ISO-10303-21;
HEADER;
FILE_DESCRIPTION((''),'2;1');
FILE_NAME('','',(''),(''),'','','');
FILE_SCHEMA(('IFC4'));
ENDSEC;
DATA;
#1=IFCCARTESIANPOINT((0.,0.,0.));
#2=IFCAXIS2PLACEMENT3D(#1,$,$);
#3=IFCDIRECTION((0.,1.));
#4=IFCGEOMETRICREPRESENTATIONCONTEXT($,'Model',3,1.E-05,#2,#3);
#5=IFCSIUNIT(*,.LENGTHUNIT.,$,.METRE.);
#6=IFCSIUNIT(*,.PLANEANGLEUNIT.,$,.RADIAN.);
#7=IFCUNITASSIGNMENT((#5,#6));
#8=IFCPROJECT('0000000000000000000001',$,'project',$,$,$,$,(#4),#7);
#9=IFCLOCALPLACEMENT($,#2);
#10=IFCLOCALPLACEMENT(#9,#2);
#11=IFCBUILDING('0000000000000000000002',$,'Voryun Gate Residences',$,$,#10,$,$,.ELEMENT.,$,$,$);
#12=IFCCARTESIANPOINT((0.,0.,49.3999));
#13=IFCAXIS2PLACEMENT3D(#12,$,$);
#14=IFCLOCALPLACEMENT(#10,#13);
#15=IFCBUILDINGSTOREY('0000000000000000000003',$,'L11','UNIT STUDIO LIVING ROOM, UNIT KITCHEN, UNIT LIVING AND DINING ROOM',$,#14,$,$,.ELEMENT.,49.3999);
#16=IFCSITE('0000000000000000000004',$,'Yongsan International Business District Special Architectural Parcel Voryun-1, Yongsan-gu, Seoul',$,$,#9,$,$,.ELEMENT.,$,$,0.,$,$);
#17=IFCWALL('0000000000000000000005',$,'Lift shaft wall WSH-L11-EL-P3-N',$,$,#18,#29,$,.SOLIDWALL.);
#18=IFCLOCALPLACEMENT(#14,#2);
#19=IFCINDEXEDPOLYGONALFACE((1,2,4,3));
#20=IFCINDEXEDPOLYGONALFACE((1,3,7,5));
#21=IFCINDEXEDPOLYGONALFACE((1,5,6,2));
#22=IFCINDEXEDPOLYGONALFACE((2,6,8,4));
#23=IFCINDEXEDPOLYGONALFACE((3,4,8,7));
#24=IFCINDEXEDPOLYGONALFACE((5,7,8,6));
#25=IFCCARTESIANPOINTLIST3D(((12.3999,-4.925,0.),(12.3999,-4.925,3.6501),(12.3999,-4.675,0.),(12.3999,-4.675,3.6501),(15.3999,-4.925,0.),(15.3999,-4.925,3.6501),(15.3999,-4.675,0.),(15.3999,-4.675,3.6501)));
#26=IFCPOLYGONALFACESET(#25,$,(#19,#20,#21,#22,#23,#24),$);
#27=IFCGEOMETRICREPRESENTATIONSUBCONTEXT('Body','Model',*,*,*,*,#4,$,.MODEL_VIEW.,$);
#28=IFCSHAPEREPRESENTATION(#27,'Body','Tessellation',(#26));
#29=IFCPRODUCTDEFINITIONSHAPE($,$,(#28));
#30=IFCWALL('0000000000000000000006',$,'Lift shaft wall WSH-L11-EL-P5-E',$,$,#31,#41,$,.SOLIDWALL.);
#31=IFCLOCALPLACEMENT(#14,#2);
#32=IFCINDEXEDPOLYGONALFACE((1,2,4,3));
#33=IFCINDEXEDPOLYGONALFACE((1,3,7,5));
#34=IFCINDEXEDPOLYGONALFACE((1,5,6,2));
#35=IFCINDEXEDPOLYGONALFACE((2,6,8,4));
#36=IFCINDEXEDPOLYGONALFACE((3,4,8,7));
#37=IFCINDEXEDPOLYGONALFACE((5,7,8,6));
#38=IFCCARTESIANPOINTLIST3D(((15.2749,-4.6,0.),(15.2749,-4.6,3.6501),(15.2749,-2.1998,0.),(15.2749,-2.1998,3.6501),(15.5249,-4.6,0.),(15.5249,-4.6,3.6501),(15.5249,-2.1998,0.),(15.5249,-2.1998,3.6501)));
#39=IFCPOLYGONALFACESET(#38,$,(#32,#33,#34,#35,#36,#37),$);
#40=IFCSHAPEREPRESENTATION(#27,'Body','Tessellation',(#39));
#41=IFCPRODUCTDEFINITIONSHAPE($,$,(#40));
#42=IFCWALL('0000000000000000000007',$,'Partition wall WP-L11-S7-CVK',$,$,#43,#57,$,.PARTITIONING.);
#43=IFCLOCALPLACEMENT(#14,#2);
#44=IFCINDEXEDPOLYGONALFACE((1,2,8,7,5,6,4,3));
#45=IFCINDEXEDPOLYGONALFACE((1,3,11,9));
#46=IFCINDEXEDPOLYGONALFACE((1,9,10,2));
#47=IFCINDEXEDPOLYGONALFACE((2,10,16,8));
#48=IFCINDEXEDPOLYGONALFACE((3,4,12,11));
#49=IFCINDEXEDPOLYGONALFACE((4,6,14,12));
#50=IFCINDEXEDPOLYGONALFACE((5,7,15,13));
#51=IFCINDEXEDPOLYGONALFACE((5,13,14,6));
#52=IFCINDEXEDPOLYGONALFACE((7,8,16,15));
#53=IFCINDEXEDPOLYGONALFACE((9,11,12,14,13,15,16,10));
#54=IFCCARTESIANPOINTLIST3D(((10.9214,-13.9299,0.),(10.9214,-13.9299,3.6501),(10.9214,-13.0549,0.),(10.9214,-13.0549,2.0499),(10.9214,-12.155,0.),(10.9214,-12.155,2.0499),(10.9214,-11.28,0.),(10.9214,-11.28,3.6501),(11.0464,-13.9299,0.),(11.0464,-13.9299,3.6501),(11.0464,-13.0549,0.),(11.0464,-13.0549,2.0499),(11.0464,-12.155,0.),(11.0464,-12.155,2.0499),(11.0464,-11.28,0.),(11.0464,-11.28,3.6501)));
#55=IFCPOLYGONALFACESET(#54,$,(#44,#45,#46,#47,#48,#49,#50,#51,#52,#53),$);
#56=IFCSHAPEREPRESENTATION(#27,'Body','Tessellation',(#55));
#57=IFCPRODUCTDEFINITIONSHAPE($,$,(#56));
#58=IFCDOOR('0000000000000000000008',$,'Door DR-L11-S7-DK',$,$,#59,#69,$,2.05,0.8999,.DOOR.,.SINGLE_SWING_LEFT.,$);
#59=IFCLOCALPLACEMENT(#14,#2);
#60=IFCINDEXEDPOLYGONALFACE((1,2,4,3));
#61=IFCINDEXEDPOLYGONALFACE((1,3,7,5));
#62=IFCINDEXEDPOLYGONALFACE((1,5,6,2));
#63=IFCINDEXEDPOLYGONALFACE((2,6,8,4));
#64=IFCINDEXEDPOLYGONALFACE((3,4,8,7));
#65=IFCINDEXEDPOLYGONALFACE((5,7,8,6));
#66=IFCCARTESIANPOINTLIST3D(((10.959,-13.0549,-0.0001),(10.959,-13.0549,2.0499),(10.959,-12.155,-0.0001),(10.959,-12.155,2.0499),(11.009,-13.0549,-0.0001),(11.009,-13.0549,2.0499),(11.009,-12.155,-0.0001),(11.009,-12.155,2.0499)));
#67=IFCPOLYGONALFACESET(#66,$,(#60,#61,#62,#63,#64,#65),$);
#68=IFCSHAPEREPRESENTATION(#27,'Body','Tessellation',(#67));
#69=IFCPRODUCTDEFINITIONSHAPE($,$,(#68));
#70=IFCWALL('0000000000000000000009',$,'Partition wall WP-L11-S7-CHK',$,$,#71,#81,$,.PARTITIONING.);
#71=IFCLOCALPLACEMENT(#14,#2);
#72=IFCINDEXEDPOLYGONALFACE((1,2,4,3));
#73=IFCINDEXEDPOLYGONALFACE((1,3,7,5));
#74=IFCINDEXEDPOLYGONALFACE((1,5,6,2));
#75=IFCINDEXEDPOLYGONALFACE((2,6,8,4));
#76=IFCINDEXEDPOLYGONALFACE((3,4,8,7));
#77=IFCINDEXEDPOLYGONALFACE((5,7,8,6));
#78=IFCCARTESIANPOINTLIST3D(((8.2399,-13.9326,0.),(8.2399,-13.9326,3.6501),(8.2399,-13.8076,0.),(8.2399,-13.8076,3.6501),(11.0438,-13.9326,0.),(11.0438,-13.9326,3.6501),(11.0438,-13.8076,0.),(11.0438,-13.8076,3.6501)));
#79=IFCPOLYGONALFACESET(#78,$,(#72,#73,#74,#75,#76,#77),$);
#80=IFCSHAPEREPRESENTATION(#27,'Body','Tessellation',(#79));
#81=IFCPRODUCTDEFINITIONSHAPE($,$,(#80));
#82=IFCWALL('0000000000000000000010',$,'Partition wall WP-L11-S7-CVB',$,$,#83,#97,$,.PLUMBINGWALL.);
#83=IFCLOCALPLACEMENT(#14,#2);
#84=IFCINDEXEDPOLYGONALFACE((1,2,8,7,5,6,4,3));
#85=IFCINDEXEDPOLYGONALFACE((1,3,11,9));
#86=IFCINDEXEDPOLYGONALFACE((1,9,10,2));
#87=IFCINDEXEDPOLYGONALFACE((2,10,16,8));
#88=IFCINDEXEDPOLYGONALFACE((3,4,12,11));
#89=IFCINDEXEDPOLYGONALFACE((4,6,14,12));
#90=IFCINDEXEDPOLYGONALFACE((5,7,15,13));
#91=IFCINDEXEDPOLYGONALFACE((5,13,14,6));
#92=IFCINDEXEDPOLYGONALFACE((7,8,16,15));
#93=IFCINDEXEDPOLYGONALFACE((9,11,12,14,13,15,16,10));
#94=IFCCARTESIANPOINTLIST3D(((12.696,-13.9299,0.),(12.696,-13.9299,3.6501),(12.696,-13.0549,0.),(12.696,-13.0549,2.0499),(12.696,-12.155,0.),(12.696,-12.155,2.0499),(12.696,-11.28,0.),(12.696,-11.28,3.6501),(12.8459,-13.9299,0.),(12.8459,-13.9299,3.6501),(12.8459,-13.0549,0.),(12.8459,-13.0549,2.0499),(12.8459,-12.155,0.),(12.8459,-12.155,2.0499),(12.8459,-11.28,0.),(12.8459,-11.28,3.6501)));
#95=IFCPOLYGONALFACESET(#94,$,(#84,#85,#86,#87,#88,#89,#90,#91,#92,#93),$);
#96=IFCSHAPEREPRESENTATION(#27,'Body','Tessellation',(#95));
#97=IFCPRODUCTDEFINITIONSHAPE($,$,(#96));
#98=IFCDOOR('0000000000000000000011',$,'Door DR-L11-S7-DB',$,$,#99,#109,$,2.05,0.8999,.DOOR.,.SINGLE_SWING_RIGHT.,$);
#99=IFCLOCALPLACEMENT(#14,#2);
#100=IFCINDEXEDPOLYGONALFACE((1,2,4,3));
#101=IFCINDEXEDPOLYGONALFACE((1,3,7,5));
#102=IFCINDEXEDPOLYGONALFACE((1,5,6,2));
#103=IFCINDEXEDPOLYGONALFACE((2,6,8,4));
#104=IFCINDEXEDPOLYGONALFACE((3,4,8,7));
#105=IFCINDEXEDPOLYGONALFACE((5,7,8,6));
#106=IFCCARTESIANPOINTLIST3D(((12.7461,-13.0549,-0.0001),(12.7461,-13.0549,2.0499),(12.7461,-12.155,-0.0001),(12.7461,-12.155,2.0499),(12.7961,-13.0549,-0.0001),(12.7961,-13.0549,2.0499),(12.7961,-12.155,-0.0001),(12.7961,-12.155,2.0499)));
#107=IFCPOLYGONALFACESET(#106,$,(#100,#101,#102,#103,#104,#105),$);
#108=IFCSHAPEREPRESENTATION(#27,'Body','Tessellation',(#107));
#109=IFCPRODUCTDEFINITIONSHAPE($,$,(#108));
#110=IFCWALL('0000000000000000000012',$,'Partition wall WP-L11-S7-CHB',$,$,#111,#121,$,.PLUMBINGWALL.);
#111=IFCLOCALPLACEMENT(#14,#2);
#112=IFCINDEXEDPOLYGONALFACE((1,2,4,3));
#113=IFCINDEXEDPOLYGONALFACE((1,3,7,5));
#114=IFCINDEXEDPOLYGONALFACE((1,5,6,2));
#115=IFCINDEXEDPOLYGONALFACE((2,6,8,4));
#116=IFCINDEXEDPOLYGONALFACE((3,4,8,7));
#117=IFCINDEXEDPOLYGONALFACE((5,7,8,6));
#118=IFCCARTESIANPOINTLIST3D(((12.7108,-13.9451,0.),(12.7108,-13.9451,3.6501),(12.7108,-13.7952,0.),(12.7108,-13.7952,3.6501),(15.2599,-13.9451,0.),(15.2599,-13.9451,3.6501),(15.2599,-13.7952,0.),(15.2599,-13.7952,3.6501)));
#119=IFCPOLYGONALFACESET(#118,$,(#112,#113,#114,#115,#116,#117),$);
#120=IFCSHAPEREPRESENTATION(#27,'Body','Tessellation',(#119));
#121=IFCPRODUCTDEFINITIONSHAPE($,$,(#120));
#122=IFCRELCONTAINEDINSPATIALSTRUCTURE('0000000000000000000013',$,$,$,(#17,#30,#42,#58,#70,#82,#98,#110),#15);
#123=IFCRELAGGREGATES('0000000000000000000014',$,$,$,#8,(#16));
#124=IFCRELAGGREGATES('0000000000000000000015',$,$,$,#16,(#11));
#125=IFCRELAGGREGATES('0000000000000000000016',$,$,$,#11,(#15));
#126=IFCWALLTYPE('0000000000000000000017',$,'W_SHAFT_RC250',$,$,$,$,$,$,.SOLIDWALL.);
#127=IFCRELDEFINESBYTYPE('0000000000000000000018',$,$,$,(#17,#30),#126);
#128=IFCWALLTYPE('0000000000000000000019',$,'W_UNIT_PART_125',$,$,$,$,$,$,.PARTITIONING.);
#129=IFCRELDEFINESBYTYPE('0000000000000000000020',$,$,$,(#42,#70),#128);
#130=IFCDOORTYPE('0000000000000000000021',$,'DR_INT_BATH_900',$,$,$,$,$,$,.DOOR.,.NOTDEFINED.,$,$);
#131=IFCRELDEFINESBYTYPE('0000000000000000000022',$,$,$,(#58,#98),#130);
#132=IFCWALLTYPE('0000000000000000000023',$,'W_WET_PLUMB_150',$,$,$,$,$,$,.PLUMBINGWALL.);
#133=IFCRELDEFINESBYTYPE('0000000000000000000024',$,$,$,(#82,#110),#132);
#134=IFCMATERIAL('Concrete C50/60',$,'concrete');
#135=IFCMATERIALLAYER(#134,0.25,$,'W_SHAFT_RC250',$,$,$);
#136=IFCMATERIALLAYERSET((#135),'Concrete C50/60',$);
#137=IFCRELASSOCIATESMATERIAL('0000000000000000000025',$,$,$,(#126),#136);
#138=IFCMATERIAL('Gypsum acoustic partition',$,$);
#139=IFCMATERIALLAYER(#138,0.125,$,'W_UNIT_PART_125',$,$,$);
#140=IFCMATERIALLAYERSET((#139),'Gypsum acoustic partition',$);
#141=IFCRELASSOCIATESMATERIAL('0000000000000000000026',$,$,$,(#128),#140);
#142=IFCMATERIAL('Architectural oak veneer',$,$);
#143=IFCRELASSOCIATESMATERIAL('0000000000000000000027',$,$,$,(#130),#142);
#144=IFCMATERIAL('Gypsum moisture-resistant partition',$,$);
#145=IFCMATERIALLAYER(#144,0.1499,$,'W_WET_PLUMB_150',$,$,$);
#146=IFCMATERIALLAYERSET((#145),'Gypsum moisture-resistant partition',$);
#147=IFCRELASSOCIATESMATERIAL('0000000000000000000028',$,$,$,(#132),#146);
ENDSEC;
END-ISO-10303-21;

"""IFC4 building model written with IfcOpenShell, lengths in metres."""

from ifc_helpers import new_model, si_unit, direction, frame, frame_2d, origin, place, context, subcontext, project, spatial, rectangle, extrude, material, layer, layer_set, type_object, element, fill, save


model = new_model("IFC4")

# Units and contexts
model_context = context("Model", 3, precision=1e-05, world=origin(), true_north=direction((0.0, 1.0)))
body_context = subcontext(model_context, "Body", "Model", "MODEL_VIEW")
ifc_project = project(units=[si_unit("LENGTHUNIT", "METRE"), si_unit("PLANEANGLEUNIT", "RADIAN")], contexts=[model_context])

# Site, building, storey
site_placement = place(None, origin())
site = spatial("IfcSite", under=ifc_project, at=site_placement, Name="Yongsan International Business District Special Architectural Parcel Voryun-1, Yongsan-gu, Seoul", CompositionType="ELEMENT", RefElevation=0.0)
building_placement = place(site_placement, origin())
building = spatial("IfcBuilding", under=site, at=building_placement, Name="Voryun Gate Residences", CompositionType="ELEMENT")
storey_placement = place(building_placement, frame((0.0, 0.0, 49.3999)))
storey = spatial("IfcBuildingStorey", under=building, at=storey_placement, Name="L11", Description="UNIT STUDIO LIVING ROOM, UNIT KITCHEN, UNIT LIVING AND DINING ROOM", CompositionType="ELEMENT", Elevation=49.3999)

# Walls
ifc_material_1 = material(Name="Concrete C50/60", Category="concrete")
ifc_layer_1 = layer(ifc_material_1, 0.25, Name="W_SHAFT_RC250")
ifc_layer_set_1 = layer_set([ifc_layer_1], Name="Concrete C50/60")
wall_type_1 = type_object("IfcWallType", Name="W_SHAFT_RC250", PredefinedType="SOLIDWALL", material=ifc_layer_set_1)
wall_1_placement = place(storey_placement, frame((15.3999, -4.8, 0.0), z_axis=(0.0, 0.0, 1.0), x_axis=(-1.0, 0.0, 0.0)))
element("IfcWall", 1, at=wall_1_placement, inside=storey, type_object=wall_type_1, Name="Lift shaft wall WSH-L11-EL-P3-N", PredefinedType="SOLIDWALL", context=body_context, shape_type="SweptSolid", body=[
    extrude(rectangle(XDim=3.0, YDim=0.25, at=frame_2d((1.5, 0.0))), origin(), (0.0, 0.0, 1.0), 3.6501),
])
wall_2_placement = place(storey_placement, frame((15.3999, -4.6001, 0.0), z_axis=(0.0, 0.0, 1.0), x_axis=(0.0, 1.0, 0.0)))
element("IfcWall", 2, at=wall_2_placement, inside=storey, type_object=wall_type_1, Name="Lift shaft wall WSH-L11-EL-P5-E", PredefinedType="SOLIDWALL", context=body_context, shape_type="SweptSolid", body=[
    extrude(rectangle(XDim=2.4001, YDim=0.25, at=frame_2d((1.2002, 0.0))), origin(), (0.0, 0.0, 1.0), 3.6501),
])

# Wall, opening, door
ifc_material_2 = material(Name="Gypsum acoustic partition")
ifc_layer_2 = layer(ifc_material_2, 0.125, Name="W_UNIT_PART_125")
ifc_layer_set_2 = layer_set([ifc_layer_2], Name="Gypsum acoustic partition")
wall_type_2 = type_object("IfcWallType", Name="W_UNIT_PART_125", PredefinedType="PARTITIONING", material=ifc_layer_set_2)
wall_3_placement = place(storey_placement, frame((10.9839, -13.9299, 0.0), z_axis=(0.0, 0.0, 1.0), x_axis=(0.0, 1.0, 0.0)))
wall_3 = element("IfcWall", 3, at=wall_3_placement, inside=storey, type_object=wall_type_2, Name="Partition wall WP-L11-S7-CVK", PredefinedType="PARTITIONING", context=body_context, shape_type="SweptSolid", body=[
    extrude(rectangle(XDim=2.6499, YDim=0.125, at=frame_2d((1.325, 0.0))), origin(), (0.0, 0.0, 1.0), 3.6501),
])
opening_1_placement = place(wall_3_placement, frame((0.875, 0.0, 0.0)))
opening_1 = element("IfcOpeningElement", 4, at=opening_1_placement, cuts=wall_3, PredefinedType="OPENING", context=body_context, shape_type="SweptSolid", body=[
    extrude(rectangle(XDim=0.8999, YDim=2.05, at=frame_2d((0.45, 1.0249))), frame((0.0, 0.0725, 0.0), z_axis=(0.0, -1.0, 0.0), x_axis=(1.0, 0.0, 0.0)), (0.0, 0.0, 1.0), 0.145),
])
ifc_material_3 = material(Name="Architectural oak veneer")
door_type_1 = type_object("IfcDoorType", Name="DR_INT_BATH_900", OperationType="NOTDEFINED", PredefinedType="DOOR", material=ifc_material_3)
door_1_placement = place(opening_1_placement, origin())
door_1 = element("IfcDoor", 5, at=door_1_placement, inside=storey, type_object=door_type_1, Name="Door DR-L11-S7-DK", OperationType="SINGLE_SWING_LEFT", OverallHeight=2.05, OverallWidth=0.8999, PredefinedType="DOOR", context=body_context, shape_type="SweptSolid", body=[
    extrude(rectangle(XDim=0.8999, YDim=2.05, at=frame_2d((0.45, 1.0249))), frame((0.0, 0.0249, 0.0), z_axis=(0.0, -1.0, 0.0), x_axis=(1.0, 0.0, 0.0)), (0.0, 0.0, 1.0), 0.05),
])
fill(opening_1, door_1)

# Wall
wall_4_placement = place(storey_placement, frame((8.24, -13.8701, 0.0), z_axis=(0.0, 0.0, 1.0), x_axis=(1.0, 0.0, 0.0)))
element("IfcWall", 6, at=wall_4_placement, inside=storey, type_object=wall_type_2, Name="Partition wall WP-L11-S7-CHK", PredefinedType="PARTITIONING", context=body_context, shape_type="SweptSolid", body=[
    extrude(rectangle(XDim=2.804, YDim=0.125, at=frame_2d((1.4019, 0.0))), origin(), (0.0, 0.0, 1.0), 3.6501),
])

# Wall, opening, door
ifc_material_4 = material(Name="Gypsum moisture-resistant partition")
ifc_layer_3 = layer(ifc_material_4, 0.1499, Name="W_WET_PLUMB_150")
ifc_layer_set_3 = layer_set([ifc_layer_3], Name="Gypsum moisture-resistant partition")
wall_type_3 = type_object("IfcWallType", Name="W_WET_PLUMB_150", PredefinedType="PLUMBINGWALL", material=ifc_layer_set_3)
wall_5_placement = place(storey_placement, frame((12.771, -13.9299, 0.0), z_axis=(0.0, 0.0, 1.0), x_axis=(0.0, 1.0, 0.0)))
wall_5 = element("IfcWall", 7, at=wall_5_placement, inside=storey, type_object=wall_type_3, Name="Partition wall WP-L11-S7-CVB", PredefinedType="PLUMBINGWALL", context=body_context, shape_type="SweptSolid", body=[
    extrude(rectangle(XDim=2.6499, YDim=0.1499, at=frame_2d((1.325, 0.0))), origin(), (0.0, 0.0, 1.0), 3.6501),
])
opening_2_placement = place(wall_5_placement, frame((0.875, 0.0, 0.0)))
opening_2 = element("IfcOpeningElement", 8, at=opening_2_placement, cuts=wall_5, PredefinedType="OPENING", context=body_context, shape_type="SweptSolid", body=[
    extrude(rectangle(XDim=0.8999, YDim=2.05, at=frame_2d((0.45, 1.0249))), frame((0.0, 0.085, 0.0), z_axis=(0.0, -1.0, 0.0), x_axis=(1.0, 0.0, 0.0)), (0.0, 0.0, 1.0), 0.1699),
])
door_2_placement = place(opening_2_placement, origin())
door_2 = element("IfcDoor", 9, at=door_2_placement, inside=storey, type_object=door_type_1, Name="Door DR-L11-S7-DB", OperationType="SINGLE_SWING_RIGHT", OverallHeight=2.05, OverallWidth=0.8999, PredefinedType="DOOR", context=body_context, shape_type="SweptSolid", body=[
    extrude(rectangle(XDim=0.8999, YDim=2.05, at=frame_2d((0.45, 1.0249))), frame((0.0, 0.0249, 0.0), z_axis=(0.0, -1.0, 0.0), x_axis=(1.0, 0.0, 0.0)), (0.0, 0.0, 1.0), 0.05),
])
fill(opening_2, door_2)

# Wall
wall_6_placement = place(storey_placement, frame((12.7109, -13.8701, 0.0), z_axis=(0.0, 0.0, 1.0), x_axis=(1.0, 0.0, 0.0)))
element("IfcWall", 10, at=wall_6_placement, inside=storey, type_object=wall_type_3, Name="Partition wall WP-L11-S7-CHB", PredefinedType="PLUMBINGWALL", context=body_context, shape_type="SweptSolid", body=[
    extrude(rectangle(XDim=2.5491, YDim=0.1499, at=frame_2d((1.2744, 0.0))), origin(), (0.0, 0.0, 1.0), 3.6501),
])

save(model, "model.ifc")
